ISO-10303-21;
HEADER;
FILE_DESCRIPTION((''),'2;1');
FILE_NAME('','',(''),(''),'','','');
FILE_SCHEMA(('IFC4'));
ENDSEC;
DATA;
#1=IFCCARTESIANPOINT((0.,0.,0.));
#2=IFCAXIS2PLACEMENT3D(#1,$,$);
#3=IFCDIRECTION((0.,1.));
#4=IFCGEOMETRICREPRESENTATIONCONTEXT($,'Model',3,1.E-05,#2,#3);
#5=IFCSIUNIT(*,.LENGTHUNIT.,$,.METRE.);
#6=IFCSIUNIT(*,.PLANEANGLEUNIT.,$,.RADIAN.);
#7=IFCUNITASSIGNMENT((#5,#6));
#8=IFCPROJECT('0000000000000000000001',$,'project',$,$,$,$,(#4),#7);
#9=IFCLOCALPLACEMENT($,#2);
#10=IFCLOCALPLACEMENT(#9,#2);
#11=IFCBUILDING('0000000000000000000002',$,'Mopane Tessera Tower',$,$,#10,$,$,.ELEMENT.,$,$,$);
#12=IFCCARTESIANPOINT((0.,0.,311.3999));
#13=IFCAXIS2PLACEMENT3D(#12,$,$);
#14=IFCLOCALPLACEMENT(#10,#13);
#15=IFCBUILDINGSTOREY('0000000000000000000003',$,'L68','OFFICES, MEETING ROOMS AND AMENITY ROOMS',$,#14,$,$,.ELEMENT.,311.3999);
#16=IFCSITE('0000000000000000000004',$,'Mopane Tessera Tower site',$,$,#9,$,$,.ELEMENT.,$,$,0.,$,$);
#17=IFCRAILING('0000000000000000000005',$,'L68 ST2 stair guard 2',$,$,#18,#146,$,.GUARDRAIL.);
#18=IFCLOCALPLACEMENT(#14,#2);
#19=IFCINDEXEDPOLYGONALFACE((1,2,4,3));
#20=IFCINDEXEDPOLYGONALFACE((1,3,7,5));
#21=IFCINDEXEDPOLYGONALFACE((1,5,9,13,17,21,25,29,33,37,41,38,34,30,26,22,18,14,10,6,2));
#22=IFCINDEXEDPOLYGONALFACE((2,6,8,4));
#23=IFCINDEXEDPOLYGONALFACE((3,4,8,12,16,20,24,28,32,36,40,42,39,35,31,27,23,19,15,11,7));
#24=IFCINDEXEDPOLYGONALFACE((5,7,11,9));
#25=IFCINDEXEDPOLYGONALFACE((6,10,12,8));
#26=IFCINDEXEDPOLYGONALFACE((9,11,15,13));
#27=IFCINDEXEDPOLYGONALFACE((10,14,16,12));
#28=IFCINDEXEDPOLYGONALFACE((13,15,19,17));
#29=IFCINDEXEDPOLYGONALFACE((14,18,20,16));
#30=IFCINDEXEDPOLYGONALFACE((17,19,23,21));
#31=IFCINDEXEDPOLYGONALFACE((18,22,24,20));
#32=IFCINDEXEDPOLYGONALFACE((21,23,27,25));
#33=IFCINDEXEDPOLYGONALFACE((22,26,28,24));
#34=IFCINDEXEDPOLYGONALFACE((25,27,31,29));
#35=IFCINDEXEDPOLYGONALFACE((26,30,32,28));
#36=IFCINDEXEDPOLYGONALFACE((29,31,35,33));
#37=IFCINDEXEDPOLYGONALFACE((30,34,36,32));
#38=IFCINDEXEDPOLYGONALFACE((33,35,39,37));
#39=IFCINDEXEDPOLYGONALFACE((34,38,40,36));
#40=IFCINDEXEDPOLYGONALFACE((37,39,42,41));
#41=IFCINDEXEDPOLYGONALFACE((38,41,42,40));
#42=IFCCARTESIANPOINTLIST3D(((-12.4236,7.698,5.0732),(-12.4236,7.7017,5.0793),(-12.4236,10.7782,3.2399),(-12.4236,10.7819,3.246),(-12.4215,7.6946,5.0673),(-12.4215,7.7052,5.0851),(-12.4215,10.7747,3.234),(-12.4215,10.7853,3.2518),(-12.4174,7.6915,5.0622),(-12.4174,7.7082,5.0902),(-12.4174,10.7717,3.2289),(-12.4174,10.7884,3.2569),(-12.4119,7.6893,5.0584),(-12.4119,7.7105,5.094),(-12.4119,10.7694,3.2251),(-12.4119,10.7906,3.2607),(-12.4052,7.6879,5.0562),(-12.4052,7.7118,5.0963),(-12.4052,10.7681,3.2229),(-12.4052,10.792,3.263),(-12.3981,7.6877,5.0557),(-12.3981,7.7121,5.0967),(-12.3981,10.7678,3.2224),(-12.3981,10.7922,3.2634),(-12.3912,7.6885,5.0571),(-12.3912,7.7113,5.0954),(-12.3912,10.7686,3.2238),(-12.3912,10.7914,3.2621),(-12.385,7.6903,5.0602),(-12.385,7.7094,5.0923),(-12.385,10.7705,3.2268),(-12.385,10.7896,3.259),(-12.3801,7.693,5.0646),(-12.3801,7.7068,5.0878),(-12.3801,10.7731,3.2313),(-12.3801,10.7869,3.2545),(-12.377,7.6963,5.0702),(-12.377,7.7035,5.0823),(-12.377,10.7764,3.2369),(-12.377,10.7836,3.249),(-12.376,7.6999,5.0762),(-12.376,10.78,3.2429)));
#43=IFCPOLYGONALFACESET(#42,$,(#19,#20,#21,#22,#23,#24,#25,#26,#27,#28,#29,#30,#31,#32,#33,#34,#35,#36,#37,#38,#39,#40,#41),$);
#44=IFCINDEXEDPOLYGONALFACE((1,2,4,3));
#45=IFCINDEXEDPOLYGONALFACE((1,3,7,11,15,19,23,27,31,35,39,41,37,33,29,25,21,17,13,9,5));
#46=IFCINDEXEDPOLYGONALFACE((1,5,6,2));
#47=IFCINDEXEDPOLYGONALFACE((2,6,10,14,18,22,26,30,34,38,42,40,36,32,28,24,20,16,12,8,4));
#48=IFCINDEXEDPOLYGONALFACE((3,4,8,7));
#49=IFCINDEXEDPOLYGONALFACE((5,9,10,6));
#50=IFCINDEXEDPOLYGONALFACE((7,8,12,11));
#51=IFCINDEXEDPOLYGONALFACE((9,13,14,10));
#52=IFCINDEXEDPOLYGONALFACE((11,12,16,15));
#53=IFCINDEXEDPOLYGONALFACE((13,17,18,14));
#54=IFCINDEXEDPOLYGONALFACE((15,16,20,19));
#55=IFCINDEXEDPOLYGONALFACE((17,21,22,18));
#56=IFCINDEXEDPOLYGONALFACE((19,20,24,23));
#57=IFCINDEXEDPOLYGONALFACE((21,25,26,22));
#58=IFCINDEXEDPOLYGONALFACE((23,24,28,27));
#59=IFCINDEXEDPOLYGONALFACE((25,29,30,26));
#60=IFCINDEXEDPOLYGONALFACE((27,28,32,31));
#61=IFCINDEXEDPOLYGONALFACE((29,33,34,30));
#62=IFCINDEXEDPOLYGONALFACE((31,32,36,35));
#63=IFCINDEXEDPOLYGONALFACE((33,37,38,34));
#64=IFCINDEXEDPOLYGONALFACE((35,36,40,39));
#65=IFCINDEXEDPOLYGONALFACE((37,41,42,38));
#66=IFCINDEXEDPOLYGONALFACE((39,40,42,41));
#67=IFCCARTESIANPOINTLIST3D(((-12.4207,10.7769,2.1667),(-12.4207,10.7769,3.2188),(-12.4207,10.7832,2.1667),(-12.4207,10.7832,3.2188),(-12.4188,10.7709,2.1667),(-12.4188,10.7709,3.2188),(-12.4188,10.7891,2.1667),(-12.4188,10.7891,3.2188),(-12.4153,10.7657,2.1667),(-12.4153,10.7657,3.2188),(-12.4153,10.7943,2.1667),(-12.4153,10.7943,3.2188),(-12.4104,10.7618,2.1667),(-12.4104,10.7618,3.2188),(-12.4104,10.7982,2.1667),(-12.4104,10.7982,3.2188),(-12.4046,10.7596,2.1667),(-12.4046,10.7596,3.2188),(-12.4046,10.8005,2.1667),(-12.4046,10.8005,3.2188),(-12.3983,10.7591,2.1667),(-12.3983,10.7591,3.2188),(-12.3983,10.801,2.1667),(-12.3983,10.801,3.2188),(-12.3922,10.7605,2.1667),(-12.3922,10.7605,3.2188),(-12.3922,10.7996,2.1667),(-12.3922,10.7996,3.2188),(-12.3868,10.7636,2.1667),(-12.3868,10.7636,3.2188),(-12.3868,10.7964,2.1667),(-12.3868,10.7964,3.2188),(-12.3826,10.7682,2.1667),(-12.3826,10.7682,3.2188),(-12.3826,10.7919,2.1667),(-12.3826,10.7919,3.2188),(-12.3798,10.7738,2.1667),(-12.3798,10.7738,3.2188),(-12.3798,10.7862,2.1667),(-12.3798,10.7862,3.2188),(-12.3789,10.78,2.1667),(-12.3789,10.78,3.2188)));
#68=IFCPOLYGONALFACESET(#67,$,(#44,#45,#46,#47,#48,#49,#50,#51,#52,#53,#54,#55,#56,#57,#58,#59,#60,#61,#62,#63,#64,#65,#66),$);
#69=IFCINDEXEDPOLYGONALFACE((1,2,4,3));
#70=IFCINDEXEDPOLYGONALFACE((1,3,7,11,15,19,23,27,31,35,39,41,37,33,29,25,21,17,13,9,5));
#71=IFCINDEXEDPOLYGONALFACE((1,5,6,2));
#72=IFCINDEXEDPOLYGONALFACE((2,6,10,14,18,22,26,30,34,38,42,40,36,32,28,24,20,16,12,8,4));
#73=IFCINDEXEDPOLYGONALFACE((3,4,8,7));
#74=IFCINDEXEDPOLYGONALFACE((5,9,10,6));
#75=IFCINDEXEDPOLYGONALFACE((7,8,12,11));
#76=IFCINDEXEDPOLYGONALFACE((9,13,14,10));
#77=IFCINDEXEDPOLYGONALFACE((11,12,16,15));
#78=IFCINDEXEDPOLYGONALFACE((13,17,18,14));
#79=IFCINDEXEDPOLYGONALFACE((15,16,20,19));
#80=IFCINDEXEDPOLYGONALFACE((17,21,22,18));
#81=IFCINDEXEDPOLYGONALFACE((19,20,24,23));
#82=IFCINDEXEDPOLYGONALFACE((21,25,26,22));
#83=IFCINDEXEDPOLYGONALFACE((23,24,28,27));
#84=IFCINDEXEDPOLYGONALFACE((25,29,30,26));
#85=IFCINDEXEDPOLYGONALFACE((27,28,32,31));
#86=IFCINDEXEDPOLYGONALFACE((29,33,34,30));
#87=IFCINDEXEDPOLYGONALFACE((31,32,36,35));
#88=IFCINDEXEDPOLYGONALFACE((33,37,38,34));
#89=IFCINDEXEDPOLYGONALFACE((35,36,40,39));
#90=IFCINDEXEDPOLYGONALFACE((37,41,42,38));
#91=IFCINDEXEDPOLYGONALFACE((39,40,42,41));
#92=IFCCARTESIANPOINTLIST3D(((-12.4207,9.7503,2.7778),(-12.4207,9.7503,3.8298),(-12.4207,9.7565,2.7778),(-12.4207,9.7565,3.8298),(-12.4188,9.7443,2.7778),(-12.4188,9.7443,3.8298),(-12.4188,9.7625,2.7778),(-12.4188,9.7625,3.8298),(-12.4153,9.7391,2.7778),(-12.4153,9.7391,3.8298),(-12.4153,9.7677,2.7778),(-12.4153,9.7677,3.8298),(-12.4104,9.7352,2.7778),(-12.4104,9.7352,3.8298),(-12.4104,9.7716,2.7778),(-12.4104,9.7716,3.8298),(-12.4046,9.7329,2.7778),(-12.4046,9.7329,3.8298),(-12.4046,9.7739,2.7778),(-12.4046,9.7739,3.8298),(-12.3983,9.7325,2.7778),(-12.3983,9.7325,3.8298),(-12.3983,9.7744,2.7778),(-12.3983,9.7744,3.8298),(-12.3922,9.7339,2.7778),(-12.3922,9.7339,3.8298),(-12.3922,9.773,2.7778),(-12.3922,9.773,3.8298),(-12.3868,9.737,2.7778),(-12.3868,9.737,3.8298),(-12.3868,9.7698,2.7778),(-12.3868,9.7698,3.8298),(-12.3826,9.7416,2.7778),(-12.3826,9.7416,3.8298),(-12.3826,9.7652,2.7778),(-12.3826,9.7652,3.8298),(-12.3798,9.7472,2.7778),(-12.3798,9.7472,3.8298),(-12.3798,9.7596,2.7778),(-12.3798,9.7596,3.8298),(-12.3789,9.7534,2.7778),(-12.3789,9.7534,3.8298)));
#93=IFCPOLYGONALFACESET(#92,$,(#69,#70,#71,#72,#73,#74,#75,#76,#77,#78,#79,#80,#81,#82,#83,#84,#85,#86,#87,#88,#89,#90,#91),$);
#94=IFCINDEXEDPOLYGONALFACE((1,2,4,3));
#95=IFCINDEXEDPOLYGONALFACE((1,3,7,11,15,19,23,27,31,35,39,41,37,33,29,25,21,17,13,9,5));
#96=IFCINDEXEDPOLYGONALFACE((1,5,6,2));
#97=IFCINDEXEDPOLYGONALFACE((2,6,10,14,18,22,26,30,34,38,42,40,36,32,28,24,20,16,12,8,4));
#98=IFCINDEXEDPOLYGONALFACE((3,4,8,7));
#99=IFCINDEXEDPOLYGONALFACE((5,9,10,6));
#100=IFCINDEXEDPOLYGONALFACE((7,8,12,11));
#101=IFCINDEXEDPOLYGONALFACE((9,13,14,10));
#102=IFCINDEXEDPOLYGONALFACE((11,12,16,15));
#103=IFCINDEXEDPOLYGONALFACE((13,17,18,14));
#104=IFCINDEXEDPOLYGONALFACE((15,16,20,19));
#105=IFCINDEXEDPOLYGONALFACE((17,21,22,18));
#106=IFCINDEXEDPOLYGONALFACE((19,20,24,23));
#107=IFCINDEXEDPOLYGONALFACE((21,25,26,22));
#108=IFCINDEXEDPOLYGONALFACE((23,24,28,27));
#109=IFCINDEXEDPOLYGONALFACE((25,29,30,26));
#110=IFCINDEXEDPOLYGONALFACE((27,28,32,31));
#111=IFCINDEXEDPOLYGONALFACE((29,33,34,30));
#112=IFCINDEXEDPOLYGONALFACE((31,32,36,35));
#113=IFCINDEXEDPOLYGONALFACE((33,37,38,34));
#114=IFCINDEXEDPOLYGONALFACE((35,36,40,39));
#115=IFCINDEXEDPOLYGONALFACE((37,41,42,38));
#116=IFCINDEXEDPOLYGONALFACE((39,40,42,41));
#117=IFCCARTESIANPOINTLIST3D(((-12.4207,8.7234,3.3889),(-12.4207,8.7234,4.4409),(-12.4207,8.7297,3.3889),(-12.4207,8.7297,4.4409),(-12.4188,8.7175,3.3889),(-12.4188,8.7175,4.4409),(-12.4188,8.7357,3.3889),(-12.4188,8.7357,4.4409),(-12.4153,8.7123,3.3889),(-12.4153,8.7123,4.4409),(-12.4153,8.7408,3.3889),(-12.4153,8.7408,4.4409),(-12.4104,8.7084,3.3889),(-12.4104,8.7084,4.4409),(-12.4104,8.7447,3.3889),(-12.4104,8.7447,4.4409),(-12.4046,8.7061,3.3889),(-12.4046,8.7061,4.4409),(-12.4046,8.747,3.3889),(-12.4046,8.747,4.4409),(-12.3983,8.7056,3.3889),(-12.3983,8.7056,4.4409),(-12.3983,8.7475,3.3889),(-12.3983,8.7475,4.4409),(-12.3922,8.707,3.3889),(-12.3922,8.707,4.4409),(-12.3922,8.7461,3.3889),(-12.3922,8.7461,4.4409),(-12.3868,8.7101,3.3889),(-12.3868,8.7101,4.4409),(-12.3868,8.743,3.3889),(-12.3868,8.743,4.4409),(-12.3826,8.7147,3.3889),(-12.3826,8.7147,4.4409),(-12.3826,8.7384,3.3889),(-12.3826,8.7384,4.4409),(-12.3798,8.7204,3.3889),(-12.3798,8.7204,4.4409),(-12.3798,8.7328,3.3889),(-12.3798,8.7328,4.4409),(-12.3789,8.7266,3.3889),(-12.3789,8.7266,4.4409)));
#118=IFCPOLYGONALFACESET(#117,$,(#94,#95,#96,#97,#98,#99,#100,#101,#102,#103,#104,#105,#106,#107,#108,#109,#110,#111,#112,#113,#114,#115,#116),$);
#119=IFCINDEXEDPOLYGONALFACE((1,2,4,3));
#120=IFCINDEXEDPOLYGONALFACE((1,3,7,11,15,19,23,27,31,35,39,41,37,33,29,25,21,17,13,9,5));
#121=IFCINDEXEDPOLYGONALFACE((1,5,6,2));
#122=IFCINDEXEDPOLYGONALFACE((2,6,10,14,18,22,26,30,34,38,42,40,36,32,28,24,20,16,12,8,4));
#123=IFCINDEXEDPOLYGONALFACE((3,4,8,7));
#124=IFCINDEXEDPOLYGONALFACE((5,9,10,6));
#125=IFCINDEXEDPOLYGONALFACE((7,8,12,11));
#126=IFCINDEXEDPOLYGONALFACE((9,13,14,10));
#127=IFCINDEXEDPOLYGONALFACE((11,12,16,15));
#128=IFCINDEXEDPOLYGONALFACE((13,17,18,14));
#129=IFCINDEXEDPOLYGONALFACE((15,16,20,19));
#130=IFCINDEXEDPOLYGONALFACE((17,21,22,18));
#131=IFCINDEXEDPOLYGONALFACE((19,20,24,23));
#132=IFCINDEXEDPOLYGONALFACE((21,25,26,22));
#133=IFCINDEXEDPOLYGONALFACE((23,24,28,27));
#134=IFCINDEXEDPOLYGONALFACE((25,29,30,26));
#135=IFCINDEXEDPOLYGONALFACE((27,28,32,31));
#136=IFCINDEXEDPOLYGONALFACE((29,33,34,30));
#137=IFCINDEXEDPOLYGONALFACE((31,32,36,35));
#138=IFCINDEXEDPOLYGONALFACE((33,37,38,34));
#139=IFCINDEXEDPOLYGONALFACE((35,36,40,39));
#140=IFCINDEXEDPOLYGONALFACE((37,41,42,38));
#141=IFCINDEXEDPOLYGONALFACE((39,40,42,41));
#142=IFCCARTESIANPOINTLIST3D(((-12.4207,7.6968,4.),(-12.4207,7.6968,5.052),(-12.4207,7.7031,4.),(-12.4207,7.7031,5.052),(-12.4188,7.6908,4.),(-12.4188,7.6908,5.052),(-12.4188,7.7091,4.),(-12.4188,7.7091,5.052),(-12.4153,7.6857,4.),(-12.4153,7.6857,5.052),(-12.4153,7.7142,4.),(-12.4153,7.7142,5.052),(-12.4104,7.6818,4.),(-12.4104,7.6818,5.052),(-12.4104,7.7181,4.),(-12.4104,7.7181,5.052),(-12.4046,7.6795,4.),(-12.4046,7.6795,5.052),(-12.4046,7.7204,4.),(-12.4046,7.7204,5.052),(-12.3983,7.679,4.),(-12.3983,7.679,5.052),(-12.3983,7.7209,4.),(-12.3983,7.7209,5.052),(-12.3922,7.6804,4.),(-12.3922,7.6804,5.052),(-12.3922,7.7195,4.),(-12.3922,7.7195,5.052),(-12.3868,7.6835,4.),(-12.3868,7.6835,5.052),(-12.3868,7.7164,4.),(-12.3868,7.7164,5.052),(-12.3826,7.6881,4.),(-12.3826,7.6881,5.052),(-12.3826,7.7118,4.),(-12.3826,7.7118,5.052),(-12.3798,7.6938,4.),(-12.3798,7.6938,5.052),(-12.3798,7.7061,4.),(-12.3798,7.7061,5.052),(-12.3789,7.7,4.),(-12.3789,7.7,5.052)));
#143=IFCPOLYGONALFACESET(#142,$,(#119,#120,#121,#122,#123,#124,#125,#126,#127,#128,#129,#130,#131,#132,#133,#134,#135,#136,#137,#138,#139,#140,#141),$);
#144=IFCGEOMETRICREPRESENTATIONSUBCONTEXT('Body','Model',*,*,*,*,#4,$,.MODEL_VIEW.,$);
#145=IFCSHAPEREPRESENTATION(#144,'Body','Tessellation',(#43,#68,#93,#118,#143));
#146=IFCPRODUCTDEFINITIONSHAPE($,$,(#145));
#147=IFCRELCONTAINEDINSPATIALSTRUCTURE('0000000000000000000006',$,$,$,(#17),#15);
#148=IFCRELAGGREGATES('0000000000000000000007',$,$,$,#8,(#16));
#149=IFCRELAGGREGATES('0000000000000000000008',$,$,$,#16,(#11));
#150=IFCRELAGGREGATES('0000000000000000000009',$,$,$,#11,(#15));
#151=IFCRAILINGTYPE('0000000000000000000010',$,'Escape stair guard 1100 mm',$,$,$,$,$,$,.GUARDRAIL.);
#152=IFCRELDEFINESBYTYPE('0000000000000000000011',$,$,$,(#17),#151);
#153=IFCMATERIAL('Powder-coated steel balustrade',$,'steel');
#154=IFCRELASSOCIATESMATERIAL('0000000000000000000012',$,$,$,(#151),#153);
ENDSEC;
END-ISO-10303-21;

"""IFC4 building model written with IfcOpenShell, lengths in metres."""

from ifc_helpers import new_model, si_unit, direction, frame, origin, origin_2d, place, context, subcontext, project, spatial, circle, extrude, material, type_object, element, save


model = new_model("IFC4")

# Units and contexts
model_context = context("Model", 3, precision=1e-05, world=origin(), true_north=direction((0.0, 1.0)))
body_context = subcontext(model_context, "Body", "Model", "MODEL_VIEW")
ifc_project = project(units=[si_unit("LENGTHUNIT", "METRE"), si_unit("PLANEANGLEUNIT", "RADIAN")], contexts=[model_context])

# Site, building, storey
site_placement = place(None, origin())
site = spatial("IfcSite", under=ifc_project, at=site_placement, Name="Mopane Tessera Tower site", CompositionType="ELEMENT", RefElevation=0.0)
building_placement = place(site_placement, origin())
building = spatial("IfcBuilding", under=site, at=building_placement, Name="Mopane Tessera Tower", CompositionType="ELEMENT")
storey_placement = place(building_placement, frame((0.0, 0.0, 311.3999)))
storey = spatial("IfcBuildingStorey", under=building, at=storey_placement, Name="L68", Description="OFFICES, MEETING ROOMS AND AMENITY ROOMS", CompositionType="ELEMENT", Elevation=311.3999)

# Railing
ifc_material_1 = material(Name="Powder-coated steel balustrade", Category="steel")
railing_type_1 = type_object("IfcRailingType", Name="Escape stair guard 1100 mm", PredefinedType="GUARDRAIL", material=ifc_material_1)
railing_1_placement = place(storey_placement, frame((-12.3999, 10.78, 2.1667)))
element("IfcRailing", 1, at=railing_1_placement, inside=storey, type_object=railing_type_1, Name="L68 ST2 stair guard 2", PredefinedType="GUARDRAIL", context=body_context, shape_type="SweptSolid", body=[
    extrude(circle(Radius=0.0239, at=origin_2d()), frame((0.0, 0.0, 1.0762), z_axis=(0.0, -0.859309, 0.511458), x_axis=(1.0, 0.0, 0.0)), (0.0, 0.0, 1.0), 3.5845),
    extrude(circle(Radius=0.021, at=origin_2d()), origin(), (0.0, 0.0, 1.0), 1.052),
    extrude(circle(Radius=0.021, at=origin_2d()), frame((0.0, -1.0266, 0.6111)), (0.0, 0.0, 1.0), 1.052),
    extrude(circle(Radius=0.021, at=origin_2d()), frame((0.0, -2.0535, 1.2222)), (0.0, 0.0, 1.0), 1.052),
    extrude(circle(Radius=0.021, at=origin_2d()), frame((0.0, -3.0801, 1.8333)), (0.0, 0.0, 1.0), 1.052),
])

save(model, "model.ifc")
